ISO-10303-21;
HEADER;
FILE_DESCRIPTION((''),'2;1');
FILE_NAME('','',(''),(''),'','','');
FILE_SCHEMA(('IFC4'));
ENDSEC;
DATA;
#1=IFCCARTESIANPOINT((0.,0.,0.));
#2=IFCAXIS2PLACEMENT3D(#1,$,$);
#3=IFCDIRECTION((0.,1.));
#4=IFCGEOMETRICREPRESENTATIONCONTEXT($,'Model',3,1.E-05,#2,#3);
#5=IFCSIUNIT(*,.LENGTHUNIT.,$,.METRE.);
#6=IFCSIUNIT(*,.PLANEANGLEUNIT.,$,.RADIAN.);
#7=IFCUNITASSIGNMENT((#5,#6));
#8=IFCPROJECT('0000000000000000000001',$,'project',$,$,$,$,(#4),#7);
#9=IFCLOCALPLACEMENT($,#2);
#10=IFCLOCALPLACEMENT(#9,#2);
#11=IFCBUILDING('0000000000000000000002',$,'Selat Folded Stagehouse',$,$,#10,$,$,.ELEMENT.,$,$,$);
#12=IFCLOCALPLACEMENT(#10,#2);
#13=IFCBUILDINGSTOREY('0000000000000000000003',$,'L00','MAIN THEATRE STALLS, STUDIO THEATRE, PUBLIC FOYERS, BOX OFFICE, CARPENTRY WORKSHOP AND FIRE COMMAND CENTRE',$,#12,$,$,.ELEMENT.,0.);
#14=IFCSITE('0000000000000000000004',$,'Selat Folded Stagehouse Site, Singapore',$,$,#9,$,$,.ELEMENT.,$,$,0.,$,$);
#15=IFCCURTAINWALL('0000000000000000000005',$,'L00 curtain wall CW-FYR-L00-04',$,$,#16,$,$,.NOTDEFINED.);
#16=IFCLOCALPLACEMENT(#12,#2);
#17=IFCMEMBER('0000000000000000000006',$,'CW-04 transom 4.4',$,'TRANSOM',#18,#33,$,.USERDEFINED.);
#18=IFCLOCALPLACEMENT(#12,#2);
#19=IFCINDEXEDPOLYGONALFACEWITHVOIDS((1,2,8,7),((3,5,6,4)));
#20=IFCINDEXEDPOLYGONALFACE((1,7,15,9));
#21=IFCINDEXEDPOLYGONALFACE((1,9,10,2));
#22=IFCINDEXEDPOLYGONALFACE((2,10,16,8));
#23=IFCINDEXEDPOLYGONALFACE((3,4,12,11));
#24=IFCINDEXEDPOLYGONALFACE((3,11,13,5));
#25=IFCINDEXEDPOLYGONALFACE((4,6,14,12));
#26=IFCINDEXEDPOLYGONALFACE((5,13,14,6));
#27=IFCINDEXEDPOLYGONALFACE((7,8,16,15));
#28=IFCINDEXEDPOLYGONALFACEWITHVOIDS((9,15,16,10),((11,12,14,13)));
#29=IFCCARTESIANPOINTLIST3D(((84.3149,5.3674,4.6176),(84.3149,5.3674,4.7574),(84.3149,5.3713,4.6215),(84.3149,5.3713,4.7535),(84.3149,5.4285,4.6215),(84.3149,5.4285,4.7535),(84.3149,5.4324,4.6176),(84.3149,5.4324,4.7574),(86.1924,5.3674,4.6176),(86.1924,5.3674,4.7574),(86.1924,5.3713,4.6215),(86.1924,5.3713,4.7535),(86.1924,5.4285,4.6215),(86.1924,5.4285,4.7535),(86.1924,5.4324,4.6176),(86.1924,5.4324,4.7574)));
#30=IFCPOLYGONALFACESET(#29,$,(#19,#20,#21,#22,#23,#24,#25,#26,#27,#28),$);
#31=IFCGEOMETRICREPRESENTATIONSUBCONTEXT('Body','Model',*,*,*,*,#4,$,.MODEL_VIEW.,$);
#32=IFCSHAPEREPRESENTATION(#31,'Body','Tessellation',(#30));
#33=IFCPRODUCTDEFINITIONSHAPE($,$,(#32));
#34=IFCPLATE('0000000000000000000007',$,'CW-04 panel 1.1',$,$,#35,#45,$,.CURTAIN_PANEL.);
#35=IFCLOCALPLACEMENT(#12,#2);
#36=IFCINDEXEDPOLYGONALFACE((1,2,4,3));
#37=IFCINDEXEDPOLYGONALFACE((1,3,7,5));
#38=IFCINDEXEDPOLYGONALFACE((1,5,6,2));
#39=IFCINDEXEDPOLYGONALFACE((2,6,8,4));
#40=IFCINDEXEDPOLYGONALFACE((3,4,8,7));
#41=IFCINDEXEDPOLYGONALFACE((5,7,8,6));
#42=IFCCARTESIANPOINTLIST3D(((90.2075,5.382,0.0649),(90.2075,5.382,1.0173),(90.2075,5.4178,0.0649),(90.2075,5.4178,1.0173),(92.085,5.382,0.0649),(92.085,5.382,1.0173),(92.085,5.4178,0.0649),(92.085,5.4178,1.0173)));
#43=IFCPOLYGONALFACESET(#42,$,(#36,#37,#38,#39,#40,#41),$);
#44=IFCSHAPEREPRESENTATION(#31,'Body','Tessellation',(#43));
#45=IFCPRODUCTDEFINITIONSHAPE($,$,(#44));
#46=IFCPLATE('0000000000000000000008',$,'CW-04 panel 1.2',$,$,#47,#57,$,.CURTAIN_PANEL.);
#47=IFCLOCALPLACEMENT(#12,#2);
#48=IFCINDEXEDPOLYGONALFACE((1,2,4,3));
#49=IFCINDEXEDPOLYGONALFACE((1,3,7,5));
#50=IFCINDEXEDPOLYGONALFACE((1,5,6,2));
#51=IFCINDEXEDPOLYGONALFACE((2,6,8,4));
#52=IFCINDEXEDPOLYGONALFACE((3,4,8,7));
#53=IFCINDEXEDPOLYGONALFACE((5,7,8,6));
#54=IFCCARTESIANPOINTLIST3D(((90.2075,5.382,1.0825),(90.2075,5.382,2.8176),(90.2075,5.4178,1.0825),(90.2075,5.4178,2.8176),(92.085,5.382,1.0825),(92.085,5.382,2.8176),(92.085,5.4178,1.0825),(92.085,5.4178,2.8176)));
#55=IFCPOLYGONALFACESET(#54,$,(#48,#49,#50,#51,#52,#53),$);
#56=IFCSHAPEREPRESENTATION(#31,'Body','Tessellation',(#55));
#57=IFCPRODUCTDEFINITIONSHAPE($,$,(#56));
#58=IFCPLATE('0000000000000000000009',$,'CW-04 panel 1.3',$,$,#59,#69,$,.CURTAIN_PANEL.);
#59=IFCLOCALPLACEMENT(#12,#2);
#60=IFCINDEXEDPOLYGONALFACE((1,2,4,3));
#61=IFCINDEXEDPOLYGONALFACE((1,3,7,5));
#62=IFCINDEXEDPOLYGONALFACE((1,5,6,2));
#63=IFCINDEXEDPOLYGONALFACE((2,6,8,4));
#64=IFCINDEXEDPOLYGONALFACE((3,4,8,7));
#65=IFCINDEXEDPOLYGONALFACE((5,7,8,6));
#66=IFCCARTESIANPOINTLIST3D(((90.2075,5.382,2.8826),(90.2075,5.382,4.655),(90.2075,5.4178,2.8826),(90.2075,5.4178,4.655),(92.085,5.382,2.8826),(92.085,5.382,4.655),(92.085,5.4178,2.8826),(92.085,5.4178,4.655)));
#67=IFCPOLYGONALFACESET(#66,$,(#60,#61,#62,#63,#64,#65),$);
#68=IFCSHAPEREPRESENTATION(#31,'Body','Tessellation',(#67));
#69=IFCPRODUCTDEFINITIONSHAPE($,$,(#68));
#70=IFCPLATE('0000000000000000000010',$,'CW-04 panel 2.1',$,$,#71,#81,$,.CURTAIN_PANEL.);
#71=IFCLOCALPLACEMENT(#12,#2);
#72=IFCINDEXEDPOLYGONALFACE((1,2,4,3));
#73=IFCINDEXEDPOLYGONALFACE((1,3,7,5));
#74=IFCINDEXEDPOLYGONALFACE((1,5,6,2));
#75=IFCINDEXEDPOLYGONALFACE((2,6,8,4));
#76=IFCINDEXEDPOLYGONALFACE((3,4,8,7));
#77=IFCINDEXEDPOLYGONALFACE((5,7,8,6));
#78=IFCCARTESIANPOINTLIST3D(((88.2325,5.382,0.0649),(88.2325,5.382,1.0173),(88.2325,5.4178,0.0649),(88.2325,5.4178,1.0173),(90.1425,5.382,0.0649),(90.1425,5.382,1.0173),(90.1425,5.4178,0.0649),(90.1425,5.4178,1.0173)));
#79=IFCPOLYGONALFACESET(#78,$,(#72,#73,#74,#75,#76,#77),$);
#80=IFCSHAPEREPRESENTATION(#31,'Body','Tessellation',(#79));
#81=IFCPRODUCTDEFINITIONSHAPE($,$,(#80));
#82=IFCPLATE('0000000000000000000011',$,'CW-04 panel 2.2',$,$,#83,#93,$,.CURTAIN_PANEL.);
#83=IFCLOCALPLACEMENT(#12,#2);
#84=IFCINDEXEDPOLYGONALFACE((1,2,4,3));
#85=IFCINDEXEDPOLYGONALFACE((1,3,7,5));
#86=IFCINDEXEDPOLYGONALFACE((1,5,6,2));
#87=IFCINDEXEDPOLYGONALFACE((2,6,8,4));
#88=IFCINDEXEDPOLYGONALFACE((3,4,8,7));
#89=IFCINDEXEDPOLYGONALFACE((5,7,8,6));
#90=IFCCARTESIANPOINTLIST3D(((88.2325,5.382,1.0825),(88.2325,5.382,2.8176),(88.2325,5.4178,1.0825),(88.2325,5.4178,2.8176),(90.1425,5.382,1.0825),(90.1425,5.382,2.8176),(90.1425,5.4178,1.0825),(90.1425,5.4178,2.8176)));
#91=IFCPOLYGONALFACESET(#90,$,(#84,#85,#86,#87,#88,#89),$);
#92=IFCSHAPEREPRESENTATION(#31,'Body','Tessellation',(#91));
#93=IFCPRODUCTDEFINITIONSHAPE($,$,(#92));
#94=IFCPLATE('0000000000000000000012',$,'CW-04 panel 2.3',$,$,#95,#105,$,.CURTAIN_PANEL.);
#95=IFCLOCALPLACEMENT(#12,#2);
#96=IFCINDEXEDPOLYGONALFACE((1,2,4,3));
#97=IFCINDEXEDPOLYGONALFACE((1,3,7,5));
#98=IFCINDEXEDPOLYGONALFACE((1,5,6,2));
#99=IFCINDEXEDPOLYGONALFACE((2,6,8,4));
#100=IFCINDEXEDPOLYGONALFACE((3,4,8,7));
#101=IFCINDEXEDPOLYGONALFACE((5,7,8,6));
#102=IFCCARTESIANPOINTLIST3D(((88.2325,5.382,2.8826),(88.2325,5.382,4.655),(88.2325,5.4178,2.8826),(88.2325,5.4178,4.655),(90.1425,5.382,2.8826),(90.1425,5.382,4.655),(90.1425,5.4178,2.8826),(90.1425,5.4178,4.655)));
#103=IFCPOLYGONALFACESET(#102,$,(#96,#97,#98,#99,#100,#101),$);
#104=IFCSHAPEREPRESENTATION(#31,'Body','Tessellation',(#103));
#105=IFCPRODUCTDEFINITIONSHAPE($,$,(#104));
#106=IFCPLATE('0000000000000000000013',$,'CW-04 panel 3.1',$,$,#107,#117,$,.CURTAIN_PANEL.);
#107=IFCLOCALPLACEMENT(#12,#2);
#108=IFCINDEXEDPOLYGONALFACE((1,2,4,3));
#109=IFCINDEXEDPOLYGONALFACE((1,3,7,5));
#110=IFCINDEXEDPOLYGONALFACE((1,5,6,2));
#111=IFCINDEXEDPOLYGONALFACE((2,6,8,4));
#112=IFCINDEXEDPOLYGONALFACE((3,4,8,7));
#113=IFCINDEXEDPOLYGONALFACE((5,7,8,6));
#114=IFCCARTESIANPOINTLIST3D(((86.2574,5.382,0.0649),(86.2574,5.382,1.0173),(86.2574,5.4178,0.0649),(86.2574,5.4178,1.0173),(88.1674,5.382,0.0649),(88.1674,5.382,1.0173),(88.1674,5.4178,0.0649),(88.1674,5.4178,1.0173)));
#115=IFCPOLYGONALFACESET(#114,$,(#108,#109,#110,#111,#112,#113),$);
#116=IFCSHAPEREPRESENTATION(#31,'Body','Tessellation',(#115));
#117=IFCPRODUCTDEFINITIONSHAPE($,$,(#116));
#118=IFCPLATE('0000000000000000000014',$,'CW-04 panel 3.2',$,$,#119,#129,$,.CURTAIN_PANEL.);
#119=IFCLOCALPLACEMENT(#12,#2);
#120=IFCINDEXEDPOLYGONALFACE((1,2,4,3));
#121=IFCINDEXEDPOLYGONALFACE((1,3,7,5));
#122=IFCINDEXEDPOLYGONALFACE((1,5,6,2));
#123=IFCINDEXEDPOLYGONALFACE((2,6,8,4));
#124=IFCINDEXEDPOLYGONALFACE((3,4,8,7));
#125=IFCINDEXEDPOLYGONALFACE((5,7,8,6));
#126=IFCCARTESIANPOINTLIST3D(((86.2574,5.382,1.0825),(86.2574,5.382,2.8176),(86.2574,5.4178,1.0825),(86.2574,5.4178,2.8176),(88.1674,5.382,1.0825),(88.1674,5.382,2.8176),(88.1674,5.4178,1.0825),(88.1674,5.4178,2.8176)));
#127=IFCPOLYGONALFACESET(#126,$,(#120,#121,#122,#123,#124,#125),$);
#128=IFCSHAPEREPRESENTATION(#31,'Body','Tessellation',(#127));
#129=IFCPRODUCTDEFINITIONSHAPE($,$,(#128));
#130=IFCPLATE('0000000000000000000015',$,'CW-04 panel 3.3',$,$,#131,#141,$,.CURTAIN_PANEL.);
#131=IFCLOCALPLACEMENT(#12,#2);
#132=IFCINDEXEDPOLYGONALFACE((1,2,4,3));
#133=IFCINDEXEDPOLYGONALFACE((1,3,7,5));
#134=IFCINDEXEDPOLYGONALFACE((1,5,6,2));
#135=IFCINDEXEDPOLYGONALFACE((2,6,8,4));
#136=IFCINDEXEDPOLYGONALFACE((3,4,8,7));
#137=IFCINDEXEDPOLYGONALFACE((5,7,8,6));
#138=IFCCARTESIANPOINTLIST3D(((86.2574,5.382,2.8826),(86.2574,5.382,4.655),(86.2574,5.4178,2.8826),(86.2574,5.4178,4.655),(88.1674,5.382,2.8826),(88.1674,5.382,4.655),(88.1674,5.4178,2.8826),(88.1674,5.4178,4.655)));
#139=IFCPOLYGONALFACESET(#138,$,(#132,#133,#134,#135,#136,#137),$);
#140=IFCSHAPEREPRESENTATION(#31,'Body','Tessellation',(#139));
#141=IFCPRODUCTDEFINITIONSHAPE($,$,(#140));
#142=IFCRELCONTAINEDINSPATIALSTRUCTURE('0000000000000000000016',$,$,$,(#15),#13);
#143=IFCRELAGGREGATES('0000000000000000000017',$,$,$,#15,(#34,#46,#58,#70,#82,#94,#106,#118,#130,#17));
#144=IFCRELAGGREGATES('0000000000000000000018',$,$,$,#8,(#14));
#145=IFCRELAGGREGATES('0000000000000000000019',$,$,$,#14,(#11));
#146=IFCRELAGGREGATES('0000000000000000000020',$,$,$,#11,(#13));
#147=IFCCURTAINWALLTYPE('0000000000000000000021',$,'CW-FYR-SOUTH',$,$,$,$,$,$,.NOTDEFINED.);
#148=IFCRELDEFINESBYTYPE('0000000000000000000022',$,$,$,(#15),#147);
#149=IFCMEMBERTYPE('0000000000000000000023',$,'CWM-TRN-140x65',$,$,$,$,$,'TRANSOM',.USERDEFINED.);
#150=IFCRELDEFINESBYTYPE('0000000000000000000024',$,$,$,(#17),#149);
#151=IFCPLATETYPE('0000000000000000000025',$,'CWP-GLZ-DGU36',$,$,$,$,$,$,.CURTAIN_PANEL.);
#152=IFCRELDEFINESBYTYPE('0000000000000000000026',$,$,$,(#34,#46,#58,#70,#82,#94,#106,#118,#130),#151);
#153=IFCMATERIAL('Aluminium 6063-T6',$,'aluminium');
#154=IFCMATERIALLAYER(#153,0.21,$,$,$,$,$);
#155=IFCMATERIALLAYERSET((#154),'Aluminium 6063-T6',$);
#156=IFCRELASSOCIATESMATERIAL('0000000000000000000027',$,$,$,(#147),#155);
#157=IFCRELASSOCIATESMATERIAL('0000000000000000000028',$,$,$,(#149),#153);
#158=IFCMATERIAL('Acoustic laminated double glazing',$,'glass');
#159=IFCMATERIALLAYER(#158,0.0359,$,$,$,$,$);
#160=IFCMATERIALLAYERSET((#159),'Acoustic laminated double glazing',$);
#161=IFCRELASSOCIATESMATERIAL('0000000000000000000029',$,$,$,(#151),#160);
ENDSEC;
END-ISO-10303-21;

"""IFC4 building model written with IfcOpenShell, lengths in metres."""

from ifc_helpers import new_model, si_unit, direction, frame, origin, origin_2d, place, context, subcontext, project, spatial, rectangle, hollow_rectangle, extrude, material, layer, layer_set, material_profile, profile_set, type_object, element, aggregate, save


model = new_model("IFC4")

# Units and contexts
model_context = context("Model", 3, precision=1e-05, world=origin(), true_north=direction((0.0, 1.0)))
body_context = subcontext(model_context, "Body", "Model", "MODEL_VIEW")
ifc_project = project(units=[si_unit("LENGTHUNIT", "METRE"), si_unit("PLANEANGLEUNIT", "RADIAN")], contexts=[model_context])

# Site, building, storey
site_placement = place(None, origin())
site = spatial("IfcSite", under=ifc_project, at=site_placement, Name="Selat Folded Stagehouse Site, Singapore", CompositionType="ELEMENT", RefElevation=0.0)
building_placement = place(site_placement, origin())
building = spatial("IfcBuilding", under=site, at=building_placement, Name="Selat Folded Stagehouse", CompositionType="ELEMENT")
storey_placement = place(building_placement, origin())
storey = spatial("IfcBuildingStorey", under=building, at=storey_placement, Name="L00", Description="MAIN THEATRE STALLS, STUDIO THEATRE, PUBLIC FOYERS, BOX OFFICE, CARPENTRY WORKSHOP AND FIRE COMMAND CENTRE", CompositionType="ELEMENT", Elevation=0.0)

# Curtain wall, member, plates
ifc_material_1 = material(Name="Aluminium 6063-T6", Category="aluminium")
ifc_layer_1 = layer(ifc_material_1, 0.21)
ifc_layer_set_1 = layer_set([ifc_layer_1], Name="Aluminium 6063-T6")
curtain_wall_type = type_object("IfcCurtainWallType", Name="CW-FYR-SOUTH", PredefinedType="NOTDEFINED", material=ifc_layer_set_1)
curtain_wall_placement = place(storey_placement, origin())
curtain_wall = element("IfcCurtainWall", 1, at=curtain_wall_placement, inside=storey, type_object=curtain_wall_type, Name="L00 curtain wall CW-FYR-L00-04", PredefinedType="NOTDEFINED")
ifc_material_profile_1 = material_profile(ifc_material_1, hollow_rectangle(XDim=0.0649, YDim=0.1399, WallThickness=0.0039, at=origin_2d()), Name="ALU 140x65x4.0")
ifc_profile_set_1 = profile_set([ifc_material_profile_1], Name="Aluminium 6063-T6")
member_type_1 = type_object("IfcMemberType", Name="CWM-TRN-140x65", ElementType="TRANSOM", PredefinedType="USERDEFINED", material=ifc_profile_set_1)
member_1_placement = place(storey_placement, frame((86.1924, 5.3999, 4.6875), z_axis=(-1.0, 0.0, 0.0), x_axis=(0.0, -1.0, 0.0)))
member_1 = element("IfcMember", 2, at=member_1_placement, type_object=member_type_1, Name="CW-04 transom 4.4", ObjectType="TRANSOM", PredefinedType="USERDEFINED", context=body_context, shape_type="SweptSolid", body=[
    extrude(hollow_rectangle(XDim=0.0649, YDim=0.1399, WallThickness=0.0039, at=origin_2d()), origin(), (0.0, 0.0, 1.0), 1.8774),
])
ifc_material_2 = material(Name="Acoustic laminated double glazing", Category="glass")
ifc_layer_2 = layer(ifc_material_2, 0.0359)
ifc_layer_set_2 = layer_set([ifc_layer_2], Name="Acoustic laminated double glazing")
plate_type = type_object("IfcPlateType", Name="CWP-GLZ-DGU36", PredefinedType="CURTAIN_PANEL", material=ifc_layer_set_2)
plate_1_placement = place(storey_placement, frame((91.1462, 5.3999, 0.0649), z_axis=(0.0, 0.0, 1.0), x_axis=(-1.0, 0.0, 0.0)))
plate_1 = element("IfcPlate", 3, at=plate_1_placement, type_object=plate_type, Name="CW-04 panel 1.1", PredefinedType="CURTAIN_PANEL", context=body_context, shape_type="SweptSolid", body=[
    extrude(rectangle(XDim=1.8774, YDim=0.0359, at=origin_2d()), origin(), (0.0, 0.0, 1.0), 0.9524),
])
plate_2_placement = place(storey_placement, frame((91.1462, 5.3999, 1.0825), z_axis=(0.0, 0.0, 1.0), x_axis=(-1.0, 0.0, 0.0)))
plate_2 = element("IfcPlate", 4, at=plate_2_placement, type_object=plate_type, Name="CW-04 panel 1.2", PredefinedType="CURTAIN_PANEL", context=body_context, shape_type="SweptSolid", body=[
    extrude(rectangle(XDim=1.8774, YDim=0.0359, at=origin_2d()), origin(), (0.0, 0.0, 1.0), 1.7351),
])
plate_3_placement = place(storey_placement, frame((91.1462, 5.3999, 2.8826), z_axis=(0.0, 0.0, 1.0), x_axis=(-1.0, 0.0, 0.0)))
plate_3 = element("IfcPlate", 5, at=plate_3_placement, type_object=plate_type, Name="CW-04 panel 1.3", PredefinedType="CURTAIN_PANEL", context=body_context, shape_type="SweptSolid", body=[
    extrude(rectangle(XDim=1.8774, YDim=0.0359, at=origin_2d()), origin(), (0.0, 0.0, 1.0), 1.7725),
])
plate_4_placement = place(storey_placement, frame((89.1875, 5.3999, 0.0649), z_axis=(0.0, 0.0, 1.0), x_axis=(-1.0, 0.0, 0.0)))
plate_4 = element("IfcPlate", 6, at=plate_4_placement, type_object=plate_type, Name="CW-04 panel 2.1", PredefinedType="CURTAIN_PANEL", context=body_context, shape_type="SweptSolid", body=[
    extrude(rectangle(XDim=1.9099, YDim=0.0359, at=origin_2d()), origin(), (0.0, 0.0, 1.0), 0.9524),
])
plate_5_placement = place(storey_placement, frame((89.1875, 5.3999, 1.0825), z_axis=(0.0, 0.0, 1.0), x_axis=(-1.0, 0.0, 0.0)))
plate_5 = element("IfcPlate", 7, at=plate_5_placement, type_object=plate_type, Name="CW-04 panel 2.2", PredefinedType="CURTAIN_PANEL", context=body_context, shape_type="SweptSolid", body=[
    extrude(rectangle(XDim=1.9099, YDim=0.0359, at=origin_2d()), origin(), (0.0, 0.0, 1.0), 1.7351),
])
plate_6_placement = place(storey_placement, frame((89.1875, 5.3999, 2.8826), z_axis=(0.0, 0.0, 1.0), x_axis=(-1.0, 0.0, 0.0)))
plate_6 = element("IfcPlate", 8, at=plate_6_placement, type_object=plate_type, Name="CW-04 panel 2.3", PredefinedType="CURTAIN_PANEL", context=body_context, shape_type="SweptSolid", body=[
    extrude(rectangle(XDim=1.9099, YDim=0.0359, at=origin_2d()), origin(), (0.0, 0.0, 1.0), 1.7725),
])
plate_7_placement = place(storey_placement, frame((87.2124, 5.3999, 0.0649), z_axis=(0.0, 0.0, 1.0), x_axis=(-1.0, 0.0, 0.0)))
plate_7 = element("IfcPlate", 9, at=plate_7_placement, type_object=plate_type, Name="CW-04 panel 3.1", PredefinedType="CURTAIN_PANEL", context=body_context, shape_type="SweptSolid", body=[
    extrude(rectangle(XDim=1.9099, YDim=0.0359, at=origin_2d()), origin(), (0.0, 0.0, 1.0), 0.9524),
])
plate_8_placement = place(storey_placement, frame((87.2124, 5.3999, 1.0825), z_axis=(0.0, 0.0, 1.0), x_axis=(-1.0, 0.0, 0.0)))
plate_8 = element("IfcPlate", 10, at=plate_8_placement, type_object=plate_type, Name="CW-04 panel 3.2", PredefinedType="CURTAIN_PANEL", context=body_context, shape_type="SweptSolid", body=[
    extrude(rectangle(XDim=1.9099, YDim=0.0359, at=origin_2d()), origin(), (0.0, 0.0, 1.0), 1.7351),
])
plate_9_placement = place(storey_placement, frame((87.2124, 5.3999, 2.8826), z_axis=(0.0, 0.0, 1.0), x_axis=(-1.0, 0.0, 0.0)))
plate_9 = element("IfcPlate", 11, at=plate_9_placement, type_object=plate_type, Name="CW-04 panel 3.3", PredefinedType="CURTAIN_PANEL", context=body_context, shape_type="SweptSolid", body=[
    extrude(rectangle(XDim=1.9099, YDim=0.0359, at=origin_2d()), origin(), (0.0, 0.0, 1.0), 1.7725),
])
aggregate(curtain_wall, [plate_1, plate_2, plate_3, plate_4, plate_5, plate_6, plate_7, plate_8, plate_9, member_1])

save(model, "model.ifc")
